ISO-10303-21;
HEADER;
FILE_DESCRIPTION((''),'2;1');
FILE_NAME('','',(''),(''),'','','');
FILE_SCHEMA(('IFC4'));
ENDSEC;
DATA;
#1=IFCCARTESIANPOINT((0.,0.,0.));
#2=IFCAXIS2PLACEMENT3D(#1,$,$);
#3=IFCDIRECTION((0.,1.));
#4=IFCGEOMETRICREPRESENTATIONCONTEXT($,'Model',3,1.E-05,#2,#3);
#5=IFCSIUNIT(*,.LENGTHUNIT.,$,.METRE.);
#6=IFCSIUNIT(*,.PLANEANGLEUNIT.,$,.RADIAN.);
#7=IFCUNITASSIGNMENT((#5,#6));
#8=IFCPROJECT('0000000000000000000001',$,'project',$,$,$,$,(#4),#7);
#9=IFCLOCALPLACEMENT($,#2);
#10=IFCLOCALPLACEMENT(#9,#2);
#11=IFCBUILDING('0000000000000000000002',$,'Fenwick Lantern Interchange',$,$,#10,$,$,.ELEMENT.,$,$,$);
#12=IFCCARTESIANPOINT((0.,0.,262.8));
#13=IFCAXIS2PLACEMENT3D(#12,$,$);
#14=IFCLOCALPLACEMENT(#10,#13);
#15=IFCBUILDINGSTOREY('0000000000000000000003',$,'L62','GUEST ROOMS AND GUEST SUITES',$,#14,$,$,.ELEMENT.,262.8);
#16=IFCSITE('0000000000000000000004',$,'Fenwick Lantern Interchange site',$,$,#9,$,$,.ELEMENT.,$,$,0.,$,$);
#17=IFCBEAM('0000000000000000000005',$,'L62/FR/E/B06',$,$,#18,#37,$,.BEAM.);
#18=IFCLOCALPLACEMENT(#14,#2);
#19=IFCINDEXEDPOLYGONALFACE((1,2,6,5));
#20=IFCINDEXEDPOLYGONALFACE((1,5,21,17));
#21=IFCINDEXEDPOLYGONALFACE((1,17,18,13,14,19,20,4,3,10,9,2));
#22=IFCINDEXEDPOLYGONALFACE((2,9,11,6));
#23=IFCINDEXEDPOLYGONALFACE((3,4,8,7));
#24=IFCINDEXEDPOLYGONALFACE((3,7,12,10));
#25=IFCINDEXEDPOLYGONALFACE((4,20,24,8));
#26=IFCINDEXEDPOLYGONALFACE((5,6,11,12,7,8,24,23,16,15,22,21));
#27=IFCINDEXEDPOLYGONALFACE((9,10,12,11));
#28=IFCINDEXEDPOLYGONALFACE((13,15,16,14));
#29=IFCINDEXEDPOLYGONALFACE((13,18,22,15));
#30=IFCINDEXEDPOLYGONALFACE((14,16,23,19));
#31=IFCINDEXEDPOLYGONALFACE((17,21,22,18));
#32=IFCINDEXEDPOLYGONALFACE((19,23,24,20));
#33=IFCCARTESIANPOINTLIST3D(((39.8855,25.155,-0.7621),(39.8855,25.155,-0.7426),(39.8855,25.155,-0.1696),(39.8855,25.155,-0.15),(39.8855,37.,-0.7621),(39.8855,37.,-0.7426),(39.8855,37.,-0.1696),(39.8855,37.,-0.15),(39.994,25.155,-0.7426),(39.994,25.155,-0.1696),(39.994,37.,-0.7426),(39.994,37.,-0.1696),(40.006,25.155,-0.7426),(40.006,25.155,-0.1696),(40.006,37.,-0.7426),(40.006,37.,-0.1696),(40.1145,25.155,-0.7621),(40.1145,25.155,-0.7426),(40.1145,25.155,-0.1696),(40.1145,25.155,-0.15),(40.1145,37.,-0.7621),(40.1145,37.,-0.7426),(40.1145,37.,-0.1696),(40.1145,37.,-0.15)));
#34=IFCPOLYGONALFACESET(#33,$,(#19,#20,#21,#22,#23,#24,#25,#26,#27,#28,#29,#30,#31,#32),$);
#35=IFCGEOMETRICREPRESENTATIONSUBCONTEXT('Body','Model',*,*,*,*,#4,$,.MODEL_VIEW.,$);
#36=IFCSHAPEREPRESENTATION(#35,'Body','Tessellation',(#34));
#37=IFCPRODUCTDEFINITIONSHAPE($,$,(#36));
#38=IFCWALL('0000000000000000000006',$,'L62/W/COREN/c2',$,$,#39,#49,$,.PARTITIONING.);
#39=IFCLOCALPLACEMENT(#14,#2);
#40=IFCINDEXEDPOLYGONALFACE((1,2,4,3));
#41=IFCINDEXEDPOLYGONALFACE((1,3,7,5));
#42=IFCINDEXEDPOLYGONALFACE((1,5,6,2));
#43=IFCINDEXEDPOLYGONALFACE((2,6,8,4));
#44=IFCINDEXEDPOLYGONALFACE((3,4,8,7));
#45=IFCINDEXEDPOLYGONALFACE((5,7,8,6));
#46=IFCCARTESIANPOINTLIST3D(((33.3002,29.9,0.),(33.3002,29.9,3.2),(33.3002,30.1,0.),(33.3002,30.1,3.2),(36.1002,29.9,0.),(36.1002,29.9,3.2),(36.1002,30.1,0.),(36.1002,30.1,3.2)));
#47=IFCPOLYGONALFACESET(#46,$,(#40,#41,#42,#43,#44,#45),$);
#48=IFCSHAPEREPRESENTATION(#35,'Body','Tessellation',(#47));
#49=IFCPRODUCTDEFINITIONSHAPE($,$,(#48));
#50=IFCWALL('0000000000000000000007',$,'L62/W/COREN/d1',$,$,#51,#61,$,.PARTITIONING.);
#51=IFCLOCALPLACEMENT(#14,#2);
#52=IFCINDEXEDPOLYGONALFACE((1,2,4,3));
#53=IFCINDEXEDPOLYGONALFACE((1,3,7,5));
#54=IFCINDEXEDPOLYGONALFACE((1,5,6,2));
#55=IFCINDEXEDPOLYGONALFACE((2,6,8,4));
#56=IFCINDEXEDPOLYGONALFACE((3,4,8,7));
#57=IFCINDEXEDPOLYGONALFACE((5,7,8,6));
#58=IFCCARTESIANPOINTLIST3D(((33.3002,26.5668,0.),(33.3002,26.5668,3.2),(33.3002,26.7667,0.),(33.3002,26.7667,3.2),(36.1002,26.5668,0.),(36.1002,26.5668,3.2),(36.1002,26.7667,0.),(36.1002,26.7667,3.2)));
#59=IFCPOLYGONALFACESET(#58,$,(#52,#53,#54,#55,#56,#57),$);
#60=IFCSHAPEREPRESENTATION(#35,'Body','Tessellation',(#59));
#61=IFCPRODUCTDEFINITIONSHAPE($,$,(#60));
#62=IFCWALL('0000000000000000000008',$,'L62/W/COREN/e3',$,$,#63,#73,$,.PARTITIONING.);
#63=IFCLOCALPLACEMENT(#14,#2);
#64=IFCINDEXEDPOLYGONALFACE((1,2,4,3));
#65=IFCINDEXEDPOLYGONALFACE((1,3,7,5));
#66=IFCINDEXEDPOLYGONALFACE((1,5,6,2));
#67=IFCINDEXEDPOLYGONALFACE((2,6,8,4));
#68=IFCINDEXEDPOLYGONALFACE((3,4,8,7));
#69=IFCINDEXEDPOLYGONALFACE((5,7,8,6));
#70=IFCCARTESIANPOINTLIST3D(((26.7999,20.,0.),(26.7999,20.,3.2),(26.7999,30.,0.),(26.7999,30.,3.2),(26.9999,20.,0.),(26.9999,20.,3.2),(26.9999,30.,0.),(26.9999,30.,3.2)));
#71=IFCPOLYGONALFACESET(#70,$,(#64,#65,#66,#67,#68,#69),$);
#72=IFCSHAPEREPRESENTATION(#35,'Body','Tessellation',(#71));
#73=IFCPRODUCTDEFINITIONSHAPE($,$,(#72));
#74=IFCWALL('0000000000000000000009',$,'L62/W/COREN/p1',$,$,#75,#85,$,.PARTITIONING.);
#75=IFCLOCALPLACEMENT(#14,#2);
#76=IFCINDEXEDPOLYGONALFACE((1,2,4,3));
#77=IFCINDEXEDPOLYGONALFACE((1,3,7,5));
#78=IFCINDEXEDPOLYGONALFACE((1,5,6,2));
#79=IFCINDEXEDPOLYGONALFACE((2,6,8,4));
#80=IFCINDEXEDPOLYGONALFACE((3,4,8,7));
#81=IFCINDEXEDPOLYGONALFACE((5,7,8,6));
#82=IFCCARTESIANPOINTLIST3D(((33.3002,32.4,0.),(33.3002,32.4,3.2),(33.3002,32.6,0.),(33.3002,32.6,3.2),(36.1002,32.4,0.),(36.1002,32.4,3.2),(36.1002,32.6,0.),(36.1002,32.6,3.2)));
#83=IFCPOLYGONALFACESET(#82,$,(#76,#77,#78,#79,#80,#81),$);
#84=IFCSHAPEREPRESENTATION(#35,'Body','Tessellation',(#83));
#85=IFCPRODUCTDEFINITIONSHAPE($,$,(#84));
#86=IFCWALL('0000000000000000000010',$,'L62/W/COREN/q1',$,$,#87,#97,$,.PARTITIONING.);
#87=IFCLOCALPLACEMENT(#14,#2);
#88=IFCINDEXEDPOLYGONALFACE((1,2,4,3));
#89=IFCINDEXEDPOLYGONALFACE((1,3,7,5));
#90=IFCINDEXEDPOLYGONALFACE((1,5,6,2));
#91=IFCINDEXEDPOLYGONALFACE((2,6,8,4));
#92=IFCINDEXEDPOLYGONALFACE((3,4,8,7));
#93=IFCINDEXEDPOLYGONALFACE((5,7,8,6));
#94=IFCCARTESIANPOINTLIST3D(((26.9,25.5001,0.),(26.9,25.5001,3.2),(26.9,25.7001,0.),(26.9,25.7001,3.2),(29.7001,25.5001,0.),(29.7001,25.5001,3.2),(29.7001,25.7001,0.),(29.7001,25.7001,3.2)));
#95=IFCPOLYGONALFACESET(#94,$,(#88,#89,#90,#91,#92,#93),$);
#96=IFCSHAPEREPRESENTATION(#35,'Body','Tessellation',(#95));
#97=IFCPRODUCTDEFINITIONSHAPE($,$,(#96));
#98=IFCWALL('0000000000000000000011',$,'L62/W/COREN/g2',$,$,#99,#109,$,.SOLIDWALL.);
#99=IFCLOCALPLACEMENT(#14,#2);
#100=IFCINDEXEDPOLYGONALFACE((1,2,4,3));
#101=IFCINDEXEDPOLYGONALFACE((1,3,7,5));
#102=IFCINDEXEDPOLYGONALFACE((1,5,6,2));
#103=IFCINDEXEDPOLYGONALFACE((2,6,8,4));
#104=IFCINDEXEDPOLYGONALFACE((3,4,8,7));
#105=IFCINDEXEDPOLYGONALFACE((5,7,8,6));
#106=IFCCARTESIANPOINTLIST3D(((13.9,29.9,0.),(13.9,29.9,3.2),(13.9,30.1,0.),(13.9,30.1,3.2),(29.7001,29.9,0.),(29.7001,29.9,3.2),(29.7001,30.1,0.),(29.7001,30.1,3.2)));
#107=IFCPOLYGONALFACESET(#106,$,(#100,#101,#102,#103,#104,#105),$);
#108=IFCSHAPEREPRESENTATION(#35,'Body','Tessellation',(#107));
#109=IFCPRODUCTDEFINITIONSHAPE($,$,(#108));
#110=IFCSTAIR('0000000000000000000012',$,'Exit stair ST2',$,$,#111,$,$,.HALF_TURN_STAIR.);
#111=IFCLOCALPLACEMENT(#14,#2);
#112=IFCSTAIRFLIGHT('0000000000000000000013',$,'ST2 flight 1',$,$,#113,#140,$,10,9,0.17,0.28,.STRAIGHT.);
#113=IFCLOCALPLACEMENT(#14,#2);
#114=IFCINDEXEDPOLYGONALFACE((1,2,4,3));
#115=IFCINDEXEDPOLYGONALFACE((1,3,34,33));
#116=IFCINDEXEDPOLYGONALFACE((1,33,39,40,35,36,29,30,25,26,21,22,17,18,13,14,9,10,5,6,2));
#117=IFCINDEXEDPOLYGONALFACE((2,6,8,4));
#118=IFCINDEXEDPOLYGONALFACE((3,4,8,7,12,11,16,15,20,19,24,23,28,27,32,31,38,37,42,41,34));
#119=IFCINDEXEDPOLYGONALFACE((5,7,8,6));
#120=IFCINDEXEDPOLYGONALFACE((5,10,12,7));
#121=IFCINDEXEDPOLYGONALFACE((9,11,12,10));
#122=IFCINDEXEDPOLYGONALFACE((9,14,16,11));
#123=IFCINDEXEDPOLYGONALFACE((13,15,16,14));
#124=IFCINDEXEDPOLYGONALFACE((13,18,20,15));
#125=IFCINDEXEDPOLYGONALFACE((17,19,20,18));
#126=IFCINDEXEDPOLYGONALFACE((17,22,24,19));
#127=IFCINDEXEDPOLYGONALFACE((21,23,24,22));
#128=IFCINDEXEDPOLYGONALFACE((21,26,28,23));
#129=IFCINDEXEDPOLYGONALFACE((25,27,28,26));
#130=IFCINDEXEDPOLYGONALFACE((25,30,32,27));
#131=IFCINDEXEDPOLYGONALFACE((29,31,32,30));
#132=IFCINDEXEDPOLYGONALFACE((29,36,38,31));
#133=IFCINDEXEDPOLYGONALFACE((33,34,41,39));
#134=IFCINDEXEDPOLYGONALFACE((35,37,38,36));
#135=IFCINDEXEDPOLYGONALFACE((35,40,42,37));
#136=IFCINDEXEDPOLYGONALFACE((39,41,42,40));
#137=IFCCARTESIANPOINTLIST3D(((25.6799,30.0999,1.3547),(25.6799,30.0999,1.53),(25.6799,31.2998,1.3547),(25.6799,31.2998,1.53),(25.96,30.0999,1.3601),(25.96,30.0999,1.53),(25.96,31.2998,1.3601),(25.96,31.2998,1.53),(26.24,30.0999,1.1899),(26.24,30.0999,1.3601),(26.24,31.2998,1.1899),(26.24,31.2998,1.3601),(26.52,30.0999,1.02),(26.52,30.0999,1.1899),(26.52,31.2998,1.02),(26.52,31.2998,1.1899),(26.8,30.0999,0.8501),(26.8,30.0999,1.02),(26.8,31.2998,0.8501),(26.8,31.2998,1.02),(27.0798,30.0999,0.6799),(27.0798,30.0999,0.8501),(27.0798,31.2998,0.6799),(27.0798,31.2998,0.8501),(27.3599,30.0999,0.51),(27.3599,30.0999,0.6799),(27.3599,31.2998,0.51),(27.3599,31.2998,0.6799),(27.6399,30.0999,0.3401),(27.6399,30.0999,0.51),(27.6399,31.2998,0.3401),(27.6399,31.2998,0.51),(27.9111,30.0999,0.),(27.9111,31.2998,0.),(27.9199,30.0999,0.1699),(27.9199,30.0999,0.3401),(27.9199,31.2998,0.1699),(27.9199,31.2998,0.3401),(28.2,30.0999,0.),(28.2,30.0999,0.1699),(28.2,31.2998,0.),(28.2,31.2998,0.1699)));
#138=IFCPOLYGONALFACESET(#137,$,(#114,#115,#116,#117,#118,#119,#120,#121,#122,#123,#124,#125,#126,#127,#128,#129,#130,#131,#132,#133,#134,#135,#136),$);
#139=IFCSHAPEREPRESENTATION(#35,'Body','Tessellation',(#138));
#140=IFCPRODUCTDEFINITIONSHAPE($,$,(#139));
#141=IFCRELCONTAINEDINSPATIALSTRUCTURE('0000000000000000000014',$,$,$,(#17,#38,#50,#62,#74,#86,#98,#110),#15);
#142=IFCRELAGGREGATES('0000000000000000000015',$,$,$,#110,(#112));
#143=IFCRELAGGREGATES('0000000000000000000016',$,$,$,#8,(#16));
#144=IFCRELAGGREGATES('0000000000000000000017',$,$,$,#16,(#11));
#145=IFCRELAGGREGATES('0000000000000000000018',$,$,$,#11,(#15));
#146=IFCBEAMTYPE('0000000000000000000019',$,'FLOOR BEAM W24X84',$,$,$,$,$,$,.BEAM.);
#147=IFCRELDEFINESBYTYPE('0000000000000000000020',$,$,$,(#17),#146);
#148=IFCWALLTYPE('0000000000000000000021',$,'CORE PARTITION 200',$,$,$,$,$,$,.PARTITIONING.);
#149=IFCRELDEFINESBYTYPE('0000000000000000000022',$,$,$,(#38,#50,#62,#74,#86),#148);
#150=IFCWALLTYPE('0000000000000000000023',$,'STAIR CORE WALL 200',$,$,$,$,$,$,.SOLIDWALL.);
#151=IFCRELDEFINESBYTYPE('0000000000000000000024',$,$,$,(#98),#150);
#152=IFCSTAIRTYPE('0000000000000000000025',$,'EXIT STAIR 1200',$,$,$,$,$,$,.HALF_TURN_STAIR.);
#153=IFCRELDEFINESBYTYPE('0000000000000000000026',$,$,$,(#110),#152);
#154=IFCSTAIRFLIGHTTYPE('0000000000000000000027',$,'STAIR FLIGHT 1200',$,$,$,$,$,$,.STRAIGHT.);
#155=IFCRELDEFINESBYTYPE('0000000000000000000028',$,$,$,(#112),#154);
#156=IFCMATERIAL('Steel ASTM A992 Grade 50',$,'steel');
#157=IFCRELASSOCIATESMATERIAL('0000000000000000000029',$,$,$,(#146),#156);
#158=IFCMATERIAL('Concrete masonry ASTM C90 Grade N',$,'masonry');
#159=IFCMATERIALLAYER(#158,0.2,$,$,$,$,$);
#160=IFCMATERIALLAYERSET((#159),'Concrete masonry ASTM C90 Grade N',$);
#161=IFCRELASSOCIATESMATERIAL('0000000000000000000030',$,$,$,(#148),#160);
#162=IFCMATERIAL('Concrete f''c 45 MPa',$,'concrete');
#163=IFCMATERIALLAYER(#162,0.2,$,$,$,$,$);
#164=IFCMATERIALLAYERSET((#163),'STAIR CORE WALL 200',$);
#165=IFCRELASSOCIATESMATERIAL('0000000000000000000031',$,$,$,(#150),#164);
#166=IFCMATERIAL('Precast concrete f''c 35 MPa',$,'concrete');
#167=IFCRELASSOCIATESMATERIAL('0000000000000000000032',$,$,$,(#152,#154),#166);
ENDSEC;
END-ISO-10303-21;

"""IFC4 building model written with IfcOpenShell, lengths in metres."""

from ifc_helpers import new_model, si_unit, direction, frame, frame_2d, origin, origin_2d, place, context, subcontext, project, spatial, polyline, rectangle, i_section, outline, extrude, material, layer, layer_set, material_profile, profile_set, type_object, element, aggregate, save


model = new_model("IFC4")

# Units and contexts
model_context = context("Model", 3, precision=1e-05, world=origin(), true_north=direction((0.0, 1.0)))
body_context = subcontext(model_context, "Body", "Model", "MODEL_VIEW")
ifc_project = project(units=[si_unit("LENGTHUNIT", "METRE"), si_unit("PLANEANGLEUNIT", "RADIAN")], contexts=[model_context])

# Site, building, storey
site_placement = place(None, origin())
site = spatial("IfcSite", under=ifc_project, at=site_placement, Name="Fenwick Lantern Interchange site", CompositionType="ELEMENT", RefElevation=0.0)
building_placement = place(site_placement, origin())
building = spatial("IfcBuilding", under=site, at=building_placement, Name="Fenwick Lantern Interchange", CompositionType="ELEMENT")
storey_placement = place(building_placement, frame((0.0, 0.0, 262.8)))
storey = spatial("IfcBuildingStorey", under=building, at=storey_placement, Name="L62", Description="GUEST ROOMS AND GUEST SUITES", CompositionType="ELEMENT", Elevation=262.8)

# Beam
ifc_material_1 = material(Name="Steel ASTM A992 Grade 50", Category="steel")
ifc_material_profile = material_profile(ifc_material_1, i_section(OverallWidth=0.229, OverallDepth=0.6121, WebThickness=0.012, FlangeThickness=0.0195, at=origin_2d()), Name="W24X84")
ifc_profile_set = profile_set([ifc_material_profile], Name="Steel ASTM A992 Grade 50")
beam_type = type_object("IfcBeamType", Name="FLOOR BEAM W24X84", PredefinedType="BEAM", material=ifc_profile_set)
beam_placement = place(storey_placement, frame((40.0, 25.155, -0.4561), z_axis=(0.0, 1.0, 0.0), x_axis=(-1.0, 0.0, 0.0)))
element("IfcBeam", 1, at=beam_placement, inside=storey, type_object=beam_type, Name="L62/FR/E/B06", PredefinedType="BEAM", context=body_context, shape_type="SweptSolid", body=[
    extrude(i_section(OverallWidth=0.229, OverallDepth=0.6121, WebThickness=0.012, FlangeThickness=0.0195, at=origin_2d()), origin(), (0.0, 0.0, 1.0), 11.845),
])

# Walls
ifc_material_2 = material(Name="Concrete masonry ASTM C90 Grade N", Category="masonry")
ifc_layer_1 = layer(ifc_material_2, 0.2)
ifc_layer_set_1 = layer_set([ifc_layer_1], Name="Concrete masonry ASTM C90 Grade N")
wall_type_1 = type_object("IfcWallType", Name="CORE PARTITION 200", PredefinedType="PARTITIONING", material=ifc_layer_set_1)
for number, where, z_axis, x_axis, name in (
    (2, (36.1001, 30.0, 0.0), (0.0, 0.0, 1.0), (-1.0, 0.0, 0.0), "L62/W/COREN/c2"),
    (3, (36.1001, 26.6667, 0.0), (0.0, 0.0, 1.0), (-1.0, 0.0, 0.0), "L62/W/COREN/d1"),
):
    element("IfcWall", number, at=place(storey_placement, frame(where, z_axis=z_axis, x_axis=x_axis)), inside=storey, type_object=wall_type_1, Name=name, PredefinedType="PARTITIONING", context=body_context, shape_type="SweptSolid", body=[
        extrude(rectangle(XDim=2.8, YDim=0.2, at=frame_2d((1.3999, 0.0))), origin(), (0.0, 0.0, 1.0), 3.2),
    ])
wall_1_placement = place(storey_placement, frame((26.8999, 30.0, 0.0), z_axis=(0.0, 0.0, 1.0), x_axis=(0.0, -1.0, 0.0)))
element("IfcWall", 4, at=wall_1_placement, inside=storey, type_object=wall_type_1, Name="L62/W/COREN/e3", PredefinedType="PARTITIONING", context=body_context, shape_type="SweptSolid", body=[
    extrude(rectangle(XDim=10.0, YDim=0.2, at=frame_2d((5.0, 0.0))), origin(), (0.0, 0.0, 1.0), 3.2),
])
for number, where, z_axis, x_axis, name in (
    (5, (36.1001, 32.5, 0.0), (0.0, 0.0, 1.0), (-1.0, 0.0, 0.0), "L62/W/COREN/p1"),
    (6, (29.7, 25.6001, 0.0), (0.0, 0.0, 1.0), (-1.0, 0.0, 0.0), "L62/W/COREN/q1"),
):
    element("IfcWall", number, at=place(storey_placement, frame(where, z_axis=z_axis, x_axis=x_axis)), inside=storey, type_object=wall_type_1, Name=name, PredefinedType="PARTITIONING", context=body_context, shape_type="SweptSolid", body=[
        extrude(rectangle(XDim=2.8, YDim=0.2, at=frame_2d((1.3999, 0.0))), origin(), (0.0, 0.0, 1.0), 3.2),
    ])
ifc_material_3 = material(Name="Concrete f'c 45 MPa", Category="concrete")
ifc_layer_2 = layer(ifc_material_3, 0.2)
ifc_layer_set_2 = layer_set([ifc_layer_2], Name="STAIR CORE WALL 200")
wall_type_2 = type_object("IfcWallType", Name="STAIR CORE WALL 200", PredefinedType="SOLIDWALL", material=ifc_layer_set_2)
wall_2_placement = place(storey_placement, frame((29.7, 30.0, 0.0), z_axis=(0.0, 0.0, 1.0), x_axis=(-1.0, 0.0, 0.0)))
element("IfcWall", 7, at=wall_2_placement, inside=storey, type_object=wall_type_2, Name="L62/W/COREN/g2", PredefinedType="SOLIDWALL", context=body_context, shape_type="SweptSolid", body=[
    extrude(rectangle(XDim=15.8, YDim=0.2, at=frame_2d((7.8999, 0.0))), origin(), (0.0, 0.0, 1.0), 3.2),
])

# Stair, stair flight
ifc_material_4 = material(Name="Precast concrete f'c 35 MPa", Category="concrete")
stair_type = type_object("IfcStairType", Name="EXIT STAIR 1200", PredefinedType="HALF_TURN_STAIR", material=ifc_material_4)
stair_placement = place(storey_placement, origin())
stair = element("IfcStair", 8, at=stair_placement, inside=storey, type_object=stair_type, Name="Exit stair ST2", PredefinedType="HALF_TURN_STAIR")
stair_flight_type = type_object("IfcStairFlightType", Name="STAIR FLIGHT 1200", PredefinedType="STRAIGHT", material=ifc_material_4)
stair_flight_placement = place(storey_placement, frame((28.2, 30.7, 0.0), z_axis=(0.0, 0.0, 1.0), x_axis=(-1.0, 0.0, 0.0)))
stair_flight = element("IfcStairFlight", 9, at=stair_flight_placement, type_object=stair_flight_type, Name="ST2 flight 1", NumberOfRisers=10, NumberOfTreads=9, PredefinedType="STRAIGHT", RiserHeight=0.17, TreadLength=0.28, context=body_context, shape_type="SweptSolid", body=[
    extrude(outline(polyline([(0.0, 0.0), (0.0, 0.1699), (0.28, 0.1699), (0.28, 0.3401), (0.5601, 0.3401), (0.5601, 0.51), (0.8401, 0.51), (0.8401, 0.6799), (1.1201, 0.6799), (1.1201, 0.8501), (1.3999, 0.8501), (1.3999, 1.02), (1.6799, 1.02), (1.6799, 1.1899), (1.96, 1.1899), (1.96, 1.3601), (2.24, 1.3601), (2.24, 1.53), (2.52, 1.53), (2.52, 1.7), (2.52, 1.3547), (0.2888, 0.0), (0.0, 0.0)])), frame((0.0, 0.6001, 0.0), z_axis=(0.0, -1.0, 0.0), x_axis=(1.0, 0.0, 0.0)), (0.0, 0.0, 1.0), 1.2),
])
aggregate(stair, [stair_flight])

save(model, "model.ifc")
